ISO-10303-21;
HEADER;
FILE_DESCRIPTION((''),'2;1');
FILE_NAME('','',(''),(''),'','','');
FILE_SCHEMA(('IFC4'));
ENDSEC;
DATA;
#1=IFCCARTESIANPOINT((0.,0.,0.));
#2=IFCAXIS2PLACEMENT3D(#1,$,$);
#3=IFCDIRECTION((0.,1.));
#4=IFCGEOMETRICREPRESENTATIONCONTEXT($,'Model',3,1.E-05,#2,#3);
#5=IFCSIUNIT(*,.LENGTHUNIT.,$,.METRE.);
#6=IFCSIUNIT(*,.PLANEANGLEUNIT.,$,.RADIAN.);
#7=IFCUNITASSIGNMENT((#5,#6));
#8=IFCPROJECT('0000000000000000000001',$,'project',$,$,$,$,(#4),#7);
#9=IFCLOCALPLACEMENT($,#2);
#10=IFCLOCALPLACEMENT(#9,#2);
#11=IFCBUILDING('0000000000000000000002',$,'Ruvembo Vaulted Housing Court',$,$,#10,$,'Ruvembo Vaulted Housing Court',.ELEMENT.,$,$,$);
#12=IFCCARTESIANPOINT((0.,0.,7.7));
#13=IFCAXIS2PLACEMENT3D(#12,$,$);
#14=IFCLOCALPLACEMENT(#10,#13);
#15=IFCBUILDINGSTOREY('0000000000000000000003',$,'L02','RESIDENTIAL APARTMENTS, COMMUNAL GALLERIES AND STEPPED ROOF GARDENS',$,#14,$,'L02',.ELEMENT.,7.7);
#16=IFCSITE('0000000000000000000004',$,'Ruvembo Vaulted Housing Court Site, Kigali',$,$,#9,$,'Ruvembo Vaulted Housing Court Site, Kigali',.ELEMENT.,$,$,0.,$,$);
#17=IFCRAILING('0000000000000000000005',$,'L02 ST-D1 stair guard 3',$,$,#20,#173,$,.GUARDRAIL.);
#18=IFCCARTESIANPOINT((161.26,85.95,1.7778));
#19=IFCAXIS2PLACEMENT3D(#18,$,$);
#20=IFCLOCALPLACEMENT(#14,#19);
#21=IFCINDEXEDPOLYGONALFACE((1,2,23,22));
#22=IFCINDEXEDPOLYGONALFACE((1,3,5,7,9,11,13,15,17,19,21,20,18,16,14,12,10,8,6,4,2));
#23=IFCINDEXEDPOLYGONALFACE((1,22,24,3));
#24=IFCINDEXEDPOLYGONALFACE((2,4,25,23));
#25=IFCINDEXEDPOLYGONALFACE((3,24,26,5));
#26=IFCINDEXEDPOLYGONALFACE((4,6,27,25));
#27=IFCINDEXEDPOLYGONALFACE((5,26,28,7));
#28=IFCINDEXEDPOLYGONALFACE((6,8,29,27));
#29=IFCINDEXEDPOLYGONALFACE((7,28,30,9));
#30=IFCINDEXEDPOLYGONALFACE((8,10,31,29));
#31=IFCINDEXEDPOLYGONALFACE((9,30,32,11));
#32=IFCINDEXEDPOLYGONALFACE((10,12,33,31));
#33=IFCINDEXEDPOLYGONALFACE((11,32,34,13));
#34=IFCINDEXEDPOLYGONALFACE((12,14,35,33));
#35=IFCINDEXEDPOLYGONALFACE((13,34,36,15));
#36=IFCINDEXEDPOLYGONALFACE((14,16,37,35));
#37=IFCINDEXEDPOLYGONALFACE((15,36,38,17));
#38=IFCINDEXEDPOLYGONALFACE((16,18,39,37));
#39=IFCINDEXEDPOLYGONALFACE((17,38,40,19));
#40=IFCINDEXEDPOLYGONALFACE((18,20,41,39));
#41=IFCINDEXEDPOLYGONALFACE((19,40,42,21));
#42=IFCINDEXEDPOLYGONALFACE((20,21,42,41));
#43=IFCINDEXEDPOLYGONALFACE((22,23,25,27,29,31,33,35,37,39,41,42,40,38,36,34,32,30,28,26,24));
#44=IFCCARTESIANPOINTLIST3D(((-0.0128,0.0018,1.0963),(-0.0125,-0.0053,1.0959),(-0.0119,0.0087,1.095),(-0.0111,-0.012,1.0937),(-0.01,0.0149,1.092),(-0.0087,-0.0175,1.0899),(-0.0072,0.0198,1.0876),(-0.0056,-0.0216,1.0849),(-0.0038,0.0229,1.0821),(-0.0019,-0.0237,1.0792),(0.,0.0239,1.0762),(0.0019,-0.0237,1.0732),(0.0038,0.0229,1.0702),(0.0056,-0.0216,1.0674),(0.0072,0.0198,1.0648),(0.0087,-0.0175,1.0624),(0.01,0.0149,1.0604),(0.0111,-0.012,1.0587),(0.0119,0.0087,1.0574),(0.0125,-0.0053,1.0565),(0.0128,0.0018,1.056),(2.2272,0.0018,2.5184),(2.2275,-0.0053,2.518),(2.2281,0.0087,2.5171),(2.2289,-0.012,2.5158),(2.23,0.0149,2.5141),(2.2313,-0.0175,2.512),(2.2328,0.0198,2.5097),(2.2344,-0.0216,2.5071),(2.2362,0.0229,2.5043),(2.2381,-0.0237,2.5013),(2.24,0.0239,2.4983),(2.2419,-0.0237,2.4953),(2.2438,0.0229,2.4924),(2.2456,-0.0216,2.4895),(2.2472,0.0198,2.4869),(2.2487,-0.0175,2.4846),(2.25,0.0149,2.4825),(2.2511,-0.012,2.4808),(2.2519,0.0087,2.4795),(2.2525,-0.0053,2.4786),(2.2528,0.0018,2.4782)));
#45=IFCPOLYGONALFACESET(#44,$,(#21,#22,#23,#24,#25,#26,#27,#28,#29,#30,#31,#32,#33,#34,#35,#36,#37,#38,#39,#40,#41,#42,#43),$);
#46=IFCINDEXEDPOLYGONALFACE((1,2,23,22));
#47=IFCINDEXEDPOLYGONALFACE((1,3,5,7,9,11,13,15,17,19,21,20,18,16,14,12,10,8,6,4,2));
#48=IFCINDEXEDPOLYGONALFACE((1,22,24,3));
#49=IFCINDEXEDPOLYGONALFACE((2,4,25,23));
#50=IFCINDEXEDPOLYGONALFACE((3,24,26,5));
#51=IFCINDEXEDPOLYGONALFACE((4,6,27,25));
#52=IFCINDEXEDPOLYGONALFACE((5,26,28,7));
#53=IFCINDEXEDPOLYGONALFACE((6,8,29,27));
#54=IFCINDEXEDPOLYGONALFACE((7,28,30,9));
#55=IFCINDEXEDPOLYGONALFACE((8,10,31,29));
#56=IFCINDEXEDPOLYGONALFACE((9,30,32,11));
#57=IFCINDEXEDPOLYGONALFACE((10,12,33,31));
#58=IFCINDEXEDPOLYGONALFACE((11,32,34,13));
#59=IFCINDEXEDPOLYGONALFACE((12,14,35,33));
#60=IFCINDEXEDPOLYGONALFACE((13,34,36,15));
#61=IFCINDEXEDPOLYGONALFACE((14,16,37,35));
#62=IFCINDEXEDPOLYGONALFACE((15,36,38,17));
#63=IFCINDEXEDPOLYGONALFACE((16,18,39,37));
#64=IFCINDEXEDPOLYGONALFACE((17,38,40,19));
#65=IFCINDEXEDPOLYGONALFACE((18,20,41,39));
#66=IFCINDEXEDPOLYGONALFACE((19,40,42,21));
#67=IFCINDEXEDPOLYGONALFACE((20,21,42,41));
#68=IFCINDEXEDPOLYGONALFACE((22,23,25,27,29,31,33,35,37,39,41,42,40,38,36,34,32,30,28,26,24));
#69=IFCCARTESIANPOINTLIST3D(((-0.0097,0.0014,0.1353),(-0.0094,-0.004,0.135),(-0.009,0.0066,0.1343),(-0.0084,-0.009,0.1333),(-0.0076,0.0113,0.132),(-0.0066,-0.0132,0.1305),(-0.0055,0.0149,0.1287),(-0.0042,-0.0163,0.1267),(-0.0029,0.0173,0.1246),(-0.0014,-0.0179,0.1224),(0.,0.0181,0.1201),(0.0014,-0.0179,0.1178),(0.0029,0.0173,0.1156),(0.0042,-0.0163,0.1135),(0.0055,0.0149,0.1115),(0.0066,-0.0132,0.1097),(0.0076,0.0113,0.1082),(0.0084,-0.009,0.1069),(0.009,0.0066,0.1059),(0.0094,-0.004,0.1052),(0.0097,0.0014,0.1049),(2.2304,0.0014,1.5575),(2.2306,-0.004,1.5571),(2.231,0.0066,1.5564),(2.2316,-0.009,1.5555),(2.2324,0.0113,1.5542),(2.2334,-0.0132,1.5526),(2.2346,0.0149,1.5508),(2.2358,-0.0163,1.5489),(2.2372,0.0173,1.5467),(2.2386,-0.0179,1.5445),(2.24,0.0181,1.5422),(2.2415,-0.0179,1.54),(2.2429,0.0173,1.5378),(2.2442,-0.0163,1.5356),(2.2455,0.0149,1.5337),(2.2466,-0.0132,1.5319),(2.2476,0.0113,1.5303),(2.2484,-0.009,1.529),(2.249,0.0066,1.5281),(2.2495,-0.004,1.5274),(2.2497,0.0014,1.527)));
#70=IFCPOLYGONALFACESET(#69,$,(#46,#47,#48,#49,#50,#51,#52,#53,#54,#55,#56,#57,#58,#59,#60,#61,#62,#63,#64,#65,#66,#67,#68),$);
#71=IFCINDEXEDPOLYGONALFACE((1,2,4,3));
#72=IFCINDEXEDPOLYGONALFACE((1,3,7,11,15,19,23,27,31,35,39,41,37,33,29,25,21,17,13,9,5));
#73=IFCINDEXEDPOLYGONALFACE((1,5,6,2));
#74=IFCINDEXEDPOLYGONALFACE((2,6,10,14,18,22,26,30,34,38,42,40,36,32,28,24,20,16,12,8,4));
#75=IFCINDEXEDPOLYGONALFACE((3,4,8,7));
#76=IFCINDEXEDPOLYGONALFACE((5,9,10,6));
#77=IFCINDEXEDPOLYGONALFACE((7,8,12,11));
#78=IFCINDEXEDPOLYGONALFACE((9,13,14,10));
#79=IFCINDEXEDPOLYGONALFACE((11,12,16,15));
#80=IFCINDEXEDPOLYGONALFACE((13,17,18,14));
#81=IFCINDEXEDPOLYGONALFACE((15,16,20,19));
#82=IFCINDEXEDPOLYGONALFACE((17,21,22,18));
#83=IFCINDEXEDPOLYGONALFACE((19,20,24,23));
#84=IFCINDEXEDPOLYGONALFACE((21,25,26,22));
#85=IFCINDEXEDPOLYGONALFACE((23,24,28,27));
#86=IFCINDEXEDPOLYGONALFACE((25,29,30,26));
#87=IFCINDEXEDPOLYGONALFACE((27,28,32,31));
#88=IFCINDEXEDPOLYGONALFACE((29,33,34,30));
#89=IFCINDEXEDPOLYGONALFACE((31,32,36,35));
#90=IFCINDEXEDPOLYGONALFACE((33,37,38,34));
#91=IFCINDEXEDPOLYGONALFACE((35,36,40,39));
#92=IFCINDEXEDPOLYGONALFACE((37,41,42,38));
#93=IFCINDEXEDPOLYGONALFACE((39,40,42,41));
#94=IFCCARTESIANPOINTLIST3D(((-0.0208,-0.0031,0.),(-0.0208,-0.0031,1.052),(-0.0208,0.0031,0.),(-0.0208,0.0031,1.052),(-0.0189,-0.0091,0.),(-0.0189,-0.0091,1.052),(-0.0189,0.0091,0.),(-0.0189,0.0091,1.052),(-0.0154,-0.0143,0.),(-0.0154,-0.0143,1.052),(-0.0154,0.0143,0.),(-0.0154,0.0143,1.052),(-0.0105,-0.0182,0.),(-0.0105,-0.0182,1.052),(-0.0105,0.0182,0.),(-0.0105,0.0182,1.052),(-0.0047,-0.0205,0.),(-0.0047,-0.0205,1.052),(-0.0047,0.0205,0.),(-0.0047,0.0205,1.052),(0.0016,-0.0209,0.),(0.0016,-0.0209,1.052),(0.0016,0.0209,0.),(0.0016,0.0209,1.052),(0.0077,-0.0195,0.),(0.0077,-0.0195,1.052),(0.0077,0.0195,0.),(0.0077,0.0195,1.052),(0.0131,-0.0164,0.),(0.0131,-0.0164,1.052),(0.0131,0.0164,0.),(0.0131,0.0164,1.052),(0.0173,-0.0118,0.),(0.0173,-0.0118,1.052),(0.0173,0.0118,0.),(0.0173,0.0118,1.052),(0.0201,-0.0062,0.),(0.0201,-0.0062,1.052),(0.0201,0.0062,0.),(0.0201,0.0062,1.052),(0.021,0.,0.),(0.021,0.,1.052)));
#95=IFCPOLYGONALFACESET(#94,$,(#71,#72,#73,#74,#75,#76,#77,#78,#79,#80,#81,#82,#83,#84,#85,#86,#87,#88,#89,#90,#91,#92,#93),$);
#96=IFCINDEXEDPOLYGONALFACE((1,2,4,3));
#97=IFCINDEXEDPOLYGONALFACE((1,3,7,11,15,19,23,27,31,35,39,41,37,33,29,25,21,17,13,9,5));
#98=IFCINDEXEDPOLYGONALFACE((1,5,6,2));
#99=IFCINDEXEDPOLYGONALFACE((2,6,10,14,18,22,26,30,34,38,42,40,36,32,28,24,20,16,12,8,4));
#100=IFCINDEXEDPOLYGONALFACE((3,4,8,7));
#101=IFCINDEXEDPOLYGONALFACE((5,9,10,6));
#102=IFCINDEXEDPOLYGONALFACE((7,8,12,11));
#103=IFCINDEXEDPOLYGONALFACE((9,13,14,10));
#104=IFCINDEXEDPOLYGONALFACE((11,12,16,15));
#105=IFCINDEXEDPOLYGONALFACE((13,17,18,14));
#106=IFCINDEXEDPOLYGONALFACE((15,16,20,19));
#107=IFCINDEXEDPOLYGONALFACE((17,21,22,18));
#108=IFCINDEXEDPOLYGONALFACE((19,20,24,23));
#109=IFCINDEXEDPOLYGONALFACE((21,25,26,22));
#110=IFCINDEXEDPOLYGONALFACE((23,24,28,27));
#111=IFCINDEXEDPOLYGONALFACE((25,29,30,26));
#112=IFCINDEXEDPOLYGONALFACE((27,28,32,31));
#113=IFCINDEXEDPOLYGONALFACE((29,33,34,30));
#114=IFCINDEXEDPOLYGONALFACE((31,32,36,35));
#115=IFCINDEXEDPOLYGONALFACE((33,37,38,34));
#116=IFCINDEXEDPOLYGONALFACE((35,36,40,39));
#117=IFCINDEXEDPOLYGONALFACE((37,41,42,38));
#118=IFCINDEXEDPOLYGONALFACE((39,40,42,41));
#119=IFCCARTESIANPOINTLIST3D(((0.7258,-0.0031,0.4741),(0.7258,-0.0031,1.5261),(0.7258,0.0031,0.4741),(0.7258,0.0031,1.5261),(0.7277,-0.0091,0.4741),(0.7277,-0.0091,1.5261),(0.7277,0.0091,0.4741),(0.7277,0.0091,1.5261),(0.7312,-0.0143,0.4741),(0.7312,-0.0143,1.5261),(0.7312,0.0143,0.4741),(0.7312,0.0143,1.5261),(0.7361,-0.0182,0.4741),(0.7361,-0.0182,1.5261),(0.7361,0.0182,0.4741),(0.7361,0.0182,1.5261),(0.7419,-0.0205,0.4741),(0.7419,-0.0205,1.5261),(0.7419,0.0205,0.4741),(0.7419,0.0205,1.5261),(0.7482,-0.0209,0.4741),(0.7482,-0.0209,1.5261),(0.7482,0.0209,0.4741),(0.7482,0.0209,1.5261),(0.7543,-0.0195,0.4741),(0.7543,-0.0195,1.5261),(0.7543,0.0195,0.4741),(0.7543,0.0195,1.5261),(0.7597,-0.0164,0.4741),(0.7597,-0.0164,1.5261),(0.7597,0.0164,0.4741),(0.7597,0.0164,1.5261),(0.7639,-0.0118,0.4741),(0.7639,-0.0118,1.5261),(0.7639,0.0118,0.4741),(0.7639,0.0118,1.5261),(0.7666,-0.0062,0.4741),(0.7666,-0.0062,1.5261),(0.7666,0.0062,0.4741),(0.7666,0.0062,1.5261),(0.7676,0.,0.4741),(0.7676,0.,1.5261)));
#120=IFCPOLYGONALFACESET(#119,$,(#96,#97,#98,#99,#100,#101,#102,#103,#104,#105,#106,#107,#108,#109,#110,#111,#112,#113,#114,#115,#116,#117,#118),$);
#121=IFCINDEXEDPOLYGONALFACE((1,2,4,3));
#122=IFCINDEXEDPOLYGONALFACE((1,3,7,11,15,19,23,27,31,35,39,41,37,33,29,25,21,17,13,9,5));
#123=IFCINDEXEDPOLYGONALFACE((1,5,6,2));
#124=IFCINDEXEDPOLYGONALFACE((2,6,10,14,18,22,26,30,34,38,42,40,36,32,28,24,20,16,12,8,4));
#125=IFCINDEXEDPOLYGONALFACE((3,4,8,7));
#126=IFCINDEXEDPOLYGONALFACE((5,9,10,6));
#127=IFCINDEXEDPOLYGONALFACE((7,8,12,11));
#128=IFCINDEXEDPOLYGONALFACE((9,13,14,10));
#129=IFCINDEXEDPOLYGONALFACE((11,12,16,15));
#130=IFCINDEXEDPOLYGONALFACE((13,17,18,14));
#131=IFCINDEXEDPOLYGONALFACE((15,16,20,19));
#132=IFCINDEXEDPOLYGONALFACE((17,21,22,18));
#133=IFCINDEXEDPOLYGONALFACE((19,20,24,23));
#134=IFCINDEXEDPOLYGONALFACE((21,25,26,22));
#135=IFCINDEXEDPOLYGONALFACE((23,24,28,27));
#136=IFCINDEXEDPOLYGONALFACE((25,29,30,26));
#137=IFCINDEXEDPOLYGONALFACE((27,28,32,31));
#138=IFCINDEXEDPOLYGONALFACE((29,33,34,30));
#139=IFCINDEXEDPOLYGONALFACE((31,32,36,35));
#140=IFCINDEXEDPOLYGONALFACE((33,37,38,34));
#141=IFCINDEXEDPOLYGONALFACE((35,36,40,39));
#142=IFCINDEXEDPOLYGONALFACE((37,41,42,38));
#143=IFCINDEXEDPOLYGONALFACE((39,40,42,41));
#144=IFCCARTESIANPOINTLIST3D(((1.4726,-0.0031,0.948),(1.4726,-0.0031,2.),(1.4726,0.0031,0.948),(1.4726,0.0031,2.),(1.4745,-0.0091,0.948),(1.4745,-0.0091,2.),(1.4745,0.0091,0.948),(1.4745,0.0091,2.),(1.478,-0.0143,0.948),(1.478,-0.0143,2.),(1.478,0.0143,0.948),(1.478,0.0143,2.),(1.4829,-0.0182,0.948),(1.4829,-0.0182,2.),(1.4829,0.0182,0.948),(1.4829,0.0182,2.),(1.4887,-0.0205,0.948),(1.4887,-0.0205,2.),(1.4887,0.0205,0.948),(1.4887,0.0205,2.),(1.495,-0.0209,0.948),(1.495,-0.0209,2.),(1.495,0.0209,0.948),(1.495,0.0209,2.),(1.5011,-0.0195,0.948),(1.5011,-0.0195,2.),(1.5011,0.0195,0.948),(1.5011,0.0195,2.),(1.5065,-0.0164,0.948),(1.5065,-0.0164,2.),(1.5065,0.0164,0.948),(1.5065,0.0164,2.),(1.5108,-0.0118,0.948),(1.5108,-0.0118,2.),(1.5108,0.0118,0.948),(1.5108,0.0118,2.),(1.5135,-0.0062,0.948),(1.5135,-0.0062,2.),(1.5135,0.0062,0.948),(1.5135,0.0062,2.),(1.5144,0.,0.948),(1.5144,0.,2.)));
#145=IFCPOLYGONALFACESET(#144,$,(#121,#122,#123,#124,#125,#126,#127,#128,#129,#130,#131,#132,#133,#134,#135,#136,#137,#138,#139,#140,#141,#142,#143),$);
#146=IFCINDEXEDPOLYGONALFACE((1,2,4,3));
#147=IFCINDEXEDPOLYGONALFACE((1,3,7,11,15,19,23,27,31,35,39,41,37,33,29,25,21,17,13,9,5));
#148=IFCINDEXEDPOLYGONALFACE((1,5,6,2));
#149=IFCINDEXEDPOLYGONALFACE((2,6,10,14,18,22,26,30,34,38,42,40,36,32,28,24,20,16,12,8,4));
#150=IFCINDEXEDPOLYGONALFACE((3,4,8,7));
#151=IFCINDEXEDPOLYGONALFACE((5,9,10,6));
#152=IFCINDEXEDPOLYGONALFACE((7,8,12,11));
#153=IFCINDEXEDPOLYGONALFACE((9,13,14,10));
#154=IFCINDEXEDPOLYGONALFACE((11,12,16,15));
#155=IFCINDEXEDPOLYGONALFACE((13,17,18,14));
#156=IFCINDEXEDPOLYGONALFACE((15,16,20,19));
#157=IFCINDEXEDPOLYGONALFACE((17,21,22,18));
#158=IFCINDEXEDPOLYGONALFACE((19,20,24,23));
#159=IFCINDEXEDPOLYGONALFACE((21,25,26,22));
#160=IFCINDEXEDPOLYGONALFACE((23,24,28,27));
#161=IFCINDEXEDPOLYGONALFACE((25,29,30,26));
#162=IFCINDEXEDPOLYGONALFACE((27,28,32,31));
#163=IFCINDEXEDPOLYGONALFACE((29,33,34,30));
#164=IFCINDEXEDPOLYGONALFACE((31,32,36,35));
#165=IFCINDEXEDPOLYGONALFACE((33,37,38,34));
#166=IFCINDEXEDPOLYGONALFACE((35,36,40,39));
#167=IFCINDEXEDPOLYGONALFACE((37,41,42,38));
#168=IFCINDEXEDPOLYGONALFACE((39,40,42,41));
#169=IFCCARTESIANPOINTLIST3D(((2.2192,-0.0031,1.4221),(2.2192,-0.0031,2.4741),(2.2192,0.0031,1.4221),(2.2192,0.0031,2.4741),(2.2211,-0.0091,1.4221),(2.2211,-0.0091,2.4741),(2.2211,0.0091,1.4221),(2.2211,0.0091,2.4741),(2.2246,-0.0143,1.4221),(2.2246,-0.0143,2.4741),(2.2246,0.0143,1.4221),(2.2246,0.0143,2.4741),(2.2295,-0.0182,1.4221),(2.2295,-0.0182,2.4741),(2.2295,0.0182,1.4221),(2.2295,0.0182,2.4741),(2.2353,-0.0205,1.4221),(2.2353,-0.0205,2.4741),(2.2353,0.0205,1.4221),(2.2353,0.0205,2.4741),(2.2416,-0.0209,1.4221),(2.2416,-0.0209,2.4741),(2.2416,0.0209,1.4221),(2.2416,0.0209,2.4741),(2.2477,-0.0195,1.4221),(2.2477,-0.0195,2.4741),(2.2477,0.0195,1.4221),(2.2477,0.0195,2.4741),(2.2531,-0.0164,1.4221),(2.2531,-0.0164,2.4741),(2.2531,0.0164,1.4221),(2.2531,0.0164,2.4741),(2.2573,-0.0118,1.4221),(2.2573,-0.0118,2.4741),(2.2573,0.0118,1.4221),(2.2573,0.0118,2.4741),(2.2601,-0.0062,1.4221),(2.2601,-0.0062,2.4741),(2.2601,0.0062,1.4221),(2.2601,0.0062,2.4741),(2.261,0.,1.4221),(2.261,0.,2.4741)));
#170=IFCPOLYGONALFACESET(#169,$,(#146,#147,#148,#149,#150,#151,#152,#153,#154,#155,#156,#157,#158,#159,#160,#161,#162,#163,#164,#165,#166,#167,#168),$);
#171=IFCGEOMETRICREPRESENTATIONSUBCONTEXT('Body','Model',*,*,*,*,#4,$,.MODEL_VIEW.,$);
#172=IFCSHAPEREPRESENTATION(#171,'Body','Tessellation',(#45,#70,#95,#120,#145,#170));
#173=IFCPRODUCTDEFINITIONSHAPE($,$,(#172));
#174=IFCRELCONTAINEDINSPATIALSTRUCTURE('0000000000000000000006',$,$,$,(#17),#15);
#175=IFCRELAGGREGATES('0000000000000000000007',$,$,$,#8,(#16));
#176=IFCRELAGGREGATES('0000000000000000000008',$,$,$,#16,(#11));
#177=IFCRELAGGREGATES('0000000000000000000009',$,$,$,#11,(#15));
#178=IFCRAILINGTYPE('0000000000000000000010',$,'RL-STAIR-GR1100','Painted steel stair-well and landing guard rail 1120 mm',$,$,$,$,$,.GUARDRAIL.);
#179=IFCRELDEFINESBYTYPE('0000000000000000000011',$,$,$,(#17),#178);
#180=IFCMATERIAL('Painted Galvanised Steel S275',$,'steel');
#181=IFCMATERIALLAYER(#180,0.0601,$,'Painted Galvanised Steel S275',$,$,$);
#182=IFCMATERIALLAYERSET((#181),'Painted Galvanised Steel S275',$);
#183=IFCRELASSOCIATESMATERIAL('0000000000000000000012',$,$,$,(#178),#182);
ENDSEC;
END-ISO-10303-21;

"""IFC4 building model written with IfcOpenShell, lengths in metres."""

from ifc_helpers import new_model, si_unit, direction, frame, origin, origin_2d, place, context, subcontext, project, spatial, circle, extrude, material, layer, layer_set, type_object, element, save


model = new_model("IFC4")

# Units and contexts
model_context = context("Model", 3, precision=1e-05, world=origin(), true_north=direction((0.0, 1.0)))
body_context = subcontext(model_context, "Body", "Model", "MODEL_VIEW")
ifc_project = project(units=[si_unit("LENGTHUNIT", "METRE"), si_unit("PLANEANGLEUNIT", "RADIAN")], contexts=[model_context])

# Site, building, storey
site_placement = place(None, origin())
site = spatial("IfcSite", under=ifc_project, at=site_placement, Name="Ruvembo Vaulted Housing Court Site, Kigali", LongName="Ruvembo Vaulted Housing Court Site, Kigali", CompositionType="ELEMENT", RefElevation=0.0)
building_placement = place(site_placement, origin())
building = spatial("IfcBuilding", under=site, at=building_placement, Name="Ruvembo Vaulted Housing Court", LongName="Ruvembo Vaulted Housing Court", CompositionType="ELEMENT")
storey_placement = place(building_placement, frame((0.0, 0.0, 7.7)))
storey = spatial("IfcBuildingStorey", under=building, at=storey_placement, Name="L02", Description="RESIDENTIAL APARTMENTS, COMMUNAL GALLERIES AND STEPPED ROOF GARDENS", LongName="L02", CompositionType="ELEMENT", Elevation=7.7)

# Railing
ifc_material_1 = material(Name="Painted Galvanised Steel S275", Category="steel")
ifc_layer_1 = layer(ifc_material_1, 0.0601, Name="Painted Galvanised Steel S275")
ifc_layer_set_1 = layer_set([ifc_layer_1], Name="Painted Galvanised Steel S275")
railing_type_1 = type_object("IfcRailingType", Name="RL-STAIR-GR1100", Description="Painted steel stair-well and landing guard rail 1120 mm", PredefinedType="GUARDRAIL", material=ifc_layer_set_1)
railing_1_placement = place(storey_placement, frame((161.26, 85.95, 1.7778)))
element("IfcRailing", 1, at=railing_1_placement, inside=storey, type_object=railing_type_1, Name="L02 ST-D1 stair guard 3", PredefinedType="GUARDRAIL", context=body_context, shape_type="SweptSolid", body=[
    extrude(circle(Radius=0.0239, at=origin_2d()), frame((0.0, 0.0, 1.0762), z_axis=(0.844229, 0.0, 0.535982), x_axis=(0.0, 1.0, 0.0)), (0.0, 0.0, 1.0), 2.6533),
    extrude(circle(Radius=0.0181, at=origin_2d()), frame((0.0, 0.0, 0.1201), z_axis=(0.844229, 0.0, 0.535982), x_axis=(0.0, 1.0, 0.0)), (0.0, 0.0, 1.0), 2.6533),
    extrude(circle(Radius=0.021, at=origin_2d()), origin(), (0.0, 0.0, 1.0), 1.052),
    extrude(circle(Radius=0.021, at=origin_2d()), frame((0.7466, 0.0, 0.4741)), (0.0, 0.0, 1.0), 1.052),
    extrude(circle(Radius=0.021, at=origin_2d()), frame((1.4934, 0.0, 0.948)), (0.0, 0.0, 1.0), 1.052),
    extrude(circle(Radius=0.021, at=origin_2d()), frame((2.24, 0.0, 1.4221)), (0.0, 0.0, 1.0), 1.052),
])

save(model, "model.ifc")
